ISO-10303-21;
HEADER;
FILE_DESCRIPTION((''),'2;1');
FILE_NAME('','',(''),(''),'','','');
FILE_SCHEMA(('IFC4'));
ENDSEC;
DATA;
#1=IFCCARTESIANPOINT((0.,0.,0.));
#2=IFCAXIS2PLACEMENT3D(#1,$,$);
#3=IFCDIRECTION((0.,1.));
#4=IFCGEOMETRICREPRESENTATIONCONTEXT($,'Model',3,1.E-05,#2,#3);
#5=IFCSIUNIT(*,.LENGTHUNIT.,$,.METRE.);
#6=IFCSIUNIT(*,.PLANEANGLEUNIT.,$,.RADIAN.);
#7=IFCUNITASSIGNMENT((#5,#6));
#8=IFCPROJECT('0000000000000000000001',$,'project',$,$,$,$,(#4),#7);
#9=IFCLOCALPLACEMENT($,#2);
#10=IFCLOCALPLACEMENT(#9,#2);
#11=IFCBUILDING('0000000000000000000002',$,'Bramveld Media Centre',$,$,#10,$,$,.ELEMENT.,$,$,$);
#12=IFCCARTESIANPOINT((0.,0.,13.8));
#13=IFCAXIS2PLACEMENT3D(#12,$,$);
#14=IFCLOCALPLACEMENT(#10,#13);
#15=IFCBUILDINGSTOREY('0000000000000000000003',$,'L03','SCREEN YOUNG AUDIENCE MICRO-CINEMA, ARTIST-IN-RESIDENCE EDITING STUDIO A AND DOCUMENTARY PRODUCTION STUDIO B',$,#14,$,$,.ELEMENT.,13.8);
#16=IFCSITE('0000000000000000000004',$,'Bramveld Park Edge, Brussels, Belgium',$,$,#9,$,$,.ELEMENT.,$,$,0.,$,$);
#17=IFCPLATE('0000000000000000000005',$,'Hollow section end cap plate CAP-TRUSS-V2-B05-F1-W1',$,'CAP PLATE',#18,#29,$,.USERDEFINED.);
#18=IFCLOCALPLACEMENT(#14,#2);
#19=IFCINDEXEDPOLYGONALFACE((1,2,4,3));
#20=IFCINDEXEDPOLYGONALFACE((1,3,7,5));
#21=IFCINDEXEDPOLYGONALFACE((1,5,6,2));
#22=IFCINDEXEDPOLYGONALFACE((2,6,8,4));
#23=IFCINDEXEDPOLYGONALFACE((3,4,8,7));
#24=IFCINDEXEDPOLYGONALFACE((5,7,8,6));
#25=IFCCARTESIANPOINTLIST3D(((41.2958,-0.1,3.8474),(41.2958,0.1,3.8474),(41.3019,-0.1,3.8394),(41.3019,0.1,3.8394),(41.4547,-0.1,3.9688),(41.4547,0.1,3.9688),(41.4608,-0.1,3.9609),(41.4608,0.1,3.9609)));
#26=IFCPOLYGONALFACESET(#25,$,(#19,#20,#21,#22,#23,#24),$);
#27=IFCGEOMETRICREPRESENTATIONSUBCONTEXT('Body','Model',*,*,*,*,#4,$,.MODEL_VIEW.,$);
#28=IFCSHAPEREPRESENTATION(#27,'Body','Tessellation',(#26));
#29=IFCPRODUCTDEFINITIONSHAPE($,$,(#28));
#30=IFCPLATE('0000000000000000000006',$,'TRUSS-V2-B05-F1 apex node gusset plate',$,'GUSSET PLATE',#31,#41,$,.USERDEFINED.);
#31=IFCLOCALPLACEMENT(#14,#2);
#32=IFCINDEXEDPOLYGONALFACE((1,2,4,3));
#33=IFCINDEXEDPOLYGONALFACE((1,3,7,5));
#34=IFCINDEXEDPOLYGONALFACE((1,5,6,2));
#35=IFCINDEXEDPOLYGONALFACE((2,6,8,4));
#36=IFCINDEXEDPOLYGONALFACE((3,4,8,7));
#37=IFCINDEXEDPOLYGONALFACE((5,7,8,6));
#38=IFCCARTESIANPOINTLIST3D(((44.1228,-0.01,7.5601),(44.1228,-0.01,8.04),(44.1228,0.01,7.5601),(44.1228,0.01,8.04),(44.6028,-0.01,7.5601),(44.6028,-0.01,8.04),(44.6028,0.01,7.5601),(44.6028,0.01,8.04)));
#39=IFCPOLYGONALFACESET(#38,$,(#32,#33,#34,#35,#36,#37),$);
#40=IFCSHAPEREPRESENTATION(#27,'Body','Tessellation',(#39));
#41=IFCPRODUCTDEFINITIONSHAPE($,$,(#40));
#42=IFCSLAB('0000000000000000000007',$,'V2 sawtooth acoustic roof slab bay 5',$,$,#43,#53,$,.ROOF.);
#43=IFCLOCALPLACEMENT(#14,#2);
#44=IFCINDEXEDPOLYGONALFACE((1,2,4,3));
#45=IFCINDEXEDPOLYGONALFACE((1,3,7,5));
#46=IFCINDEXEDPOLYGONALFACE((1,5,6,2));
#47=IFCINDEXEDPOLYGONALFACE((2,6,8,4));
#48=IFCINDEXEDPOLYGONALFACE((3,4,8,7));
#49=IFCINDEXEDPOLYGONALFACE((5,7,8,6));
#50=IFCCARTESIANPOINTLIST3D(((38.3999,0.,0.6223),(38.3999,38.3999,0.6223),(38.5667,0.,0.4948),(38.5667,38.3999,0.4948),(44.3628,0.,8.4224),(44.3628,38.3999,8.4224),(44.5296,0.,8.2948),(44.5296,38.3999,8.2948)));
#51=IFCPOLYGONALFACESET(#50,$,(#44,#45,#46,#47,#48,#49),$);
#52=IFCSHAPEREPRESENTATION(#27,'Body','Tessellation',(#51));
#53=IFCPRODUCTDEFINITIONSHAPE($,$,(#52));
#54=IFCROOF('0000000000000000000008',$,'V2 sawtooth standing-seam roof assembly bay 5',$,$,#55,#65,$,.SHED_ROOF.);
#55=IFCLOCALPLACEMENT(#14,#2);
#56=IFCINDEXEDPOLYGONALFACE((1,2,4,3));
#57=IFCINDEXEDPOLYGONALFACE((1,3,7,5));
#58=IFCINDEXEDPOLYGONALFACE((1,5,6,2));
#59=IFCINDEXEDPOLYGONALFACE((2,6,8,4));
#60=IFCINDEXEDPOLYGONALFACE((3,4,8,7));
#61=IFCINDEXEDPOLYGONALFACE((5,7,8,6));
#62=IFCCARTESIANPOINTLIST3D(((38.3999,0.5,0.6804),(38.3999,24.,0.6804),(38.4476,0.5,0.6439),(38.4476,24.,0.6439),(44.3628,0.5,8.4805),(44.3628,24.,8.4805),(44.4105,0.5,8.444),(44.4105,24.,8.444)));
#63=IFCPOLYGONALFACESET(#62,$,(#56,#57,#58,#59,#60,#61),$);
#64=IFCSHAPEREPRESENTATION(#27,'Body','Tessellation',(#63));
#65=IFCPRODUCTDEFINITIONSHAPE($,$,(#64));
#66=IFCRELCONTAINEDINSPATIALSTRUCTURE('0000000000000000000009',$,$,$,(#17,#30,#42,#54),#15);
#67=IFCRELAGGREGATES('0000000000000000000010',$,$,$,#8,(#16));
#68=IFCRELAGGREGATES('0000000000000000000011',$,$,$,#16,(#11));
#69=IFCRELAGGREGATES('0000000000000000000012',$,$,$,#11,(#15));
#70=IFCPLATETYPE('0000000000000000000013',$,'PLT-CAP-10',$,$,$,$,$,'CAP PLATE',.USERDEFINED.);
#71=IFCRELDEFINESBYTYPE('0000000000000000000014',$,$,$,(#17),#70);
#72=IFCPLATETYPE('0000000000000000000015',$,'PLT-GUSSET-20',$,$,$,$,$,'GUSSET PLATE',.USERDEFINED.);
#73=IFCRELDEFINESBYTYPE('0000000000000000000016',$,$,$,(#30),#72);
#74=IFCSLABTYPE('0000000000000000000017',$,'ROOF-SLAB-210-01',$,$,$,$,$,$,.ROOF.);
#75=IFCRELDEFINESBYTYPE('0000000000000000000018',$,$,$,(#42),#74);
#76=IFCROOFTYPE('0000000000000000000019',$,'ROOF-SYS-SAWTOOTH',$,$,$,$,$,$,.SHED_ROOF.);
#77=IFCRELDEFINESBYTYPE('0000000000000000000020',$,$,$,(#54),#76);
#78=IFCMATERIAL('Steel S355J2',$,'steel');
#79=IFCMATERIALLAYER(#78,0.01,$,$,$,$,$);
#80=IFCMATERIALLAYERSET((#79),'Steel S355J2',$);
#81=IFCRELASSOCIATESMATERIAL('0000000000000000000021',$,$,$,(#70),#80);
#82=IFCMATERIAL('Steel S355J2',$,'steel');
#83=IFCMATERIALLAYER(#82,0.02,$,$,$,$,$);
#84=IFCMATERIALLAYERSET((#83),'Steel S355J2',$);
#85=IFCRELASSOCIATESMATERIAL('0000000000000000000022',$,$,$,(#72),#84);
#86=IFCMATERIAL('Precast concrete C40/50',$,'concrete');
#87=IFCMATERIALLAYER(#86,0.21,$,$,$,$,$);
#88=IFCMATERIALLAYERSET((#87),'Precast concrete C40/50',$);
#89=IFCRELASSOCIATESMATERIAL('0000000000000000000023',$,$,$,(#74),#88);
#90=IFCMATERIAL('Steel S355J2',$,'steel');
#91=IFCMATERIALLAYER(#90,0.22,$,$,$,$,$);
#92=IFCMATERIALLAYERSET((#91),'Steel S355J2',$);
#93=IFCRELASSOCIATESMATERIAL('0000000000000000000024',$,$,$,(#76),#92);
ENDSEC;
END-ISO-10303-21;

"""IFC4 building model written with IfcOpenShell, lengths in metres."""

from ifc_helpers import new_model, si_unit, direction, frame, origin, origin_2d, place, context, subcontext, project, spatial, polyline, rectangle, outline, extrude, material, layer, layer_set, type_object, element, save


model = new_model("IFC4")

# Units and contexts
model_context = context("Model", 3, precision=1e-05, world=origin(), true_north=direction((0.0, 1.0)))
body_context = subcontext(model_context, "Body", "Model", "MODEL_VIEW")
ifc_project = project(units=[si_unit("LENGTHUNIT", "METRE"), si_unit("PLANEANGLEUNIT", "RADIAN")], contexts=[model_context])

# Site, building, storey
site_placement = place(None, origin())
site = spatial("IfcSite", under=ifc_project, at=site_placement, Name="Bramveld Park Edge, Brussels, Belgium", CompositionType="ELEMENT", RefElevation=0.0)
building_placement = place(site_placement, origin())
building = spatial("IfcBuilding", under=site, at=building_placement, Name="Bramveld Media Centre", CompositionType="ELEMENT")
storey_placement = place(building_placement, frame((0.0, 0.0, 13.8)))
storey = spatial("IfcBuildingStorey", under=building, at=storey_placement, Name="L03", Description="SCREEN YOUNG AUDIENCE MICRO-CINEMA, ARTIST-IN-RESIDENCE EDITING STUDIO A AND DOCUMENTARY PRODUCTION STUDIO B", CompositionType="ELEMENT", Elevation=13.8)

# Plates
ifc_material_1 = material(Name="Steel S355J2", Category="steel")
ifc_layer_1 = layer(ifc_material_1, 0.01)
ifc_layer_set_1 = layer_set([ifc_layer_1], Name="Steel S355J2")
plate_type_1 = type_object("IfcPlateType", Name="PLT-CAP-10", ElementType="CAP PLATE", PredefinedType="USERDEFINED", material=ifc_layer_set_1)
plate_1_placement = place(storey_placement, frame((41.3813, 0.0, 3.9001), z_axis=(-0.607328, 0.0, 0.794451), x_axis=(0.0, -1.0, 0.0)))
element("IfcPlate", 1, at=plate_1_placement, inside=storey, type_object=plate_type_1, Name="Hollow section end cap plate CAP-TRUSS-V2-B05-F1-W1", ObjectType="CAP PLATE", PredefinedType="USERDEFINED", context=body_context, shape_type="SweptSolid", body=[
    extrude(rectangle(XDim=0.2, YDim=0.2, at=origin_2d()), origin(), (0.0, 0.0, 1.0), 0.01),
])
ifc_material_2 = material(Name="Steel S355J2", Category="steel")
ifc_layer_2 = layer(ifc_material_2, 0.02)
ifc_layer_set_2 = layer_set([ifc_layer_2], Name="Steel S355J2")
plate_type_2 = type_object("IfcPlateType", Name="PLT-GUSSET-20", ElementType="GUSSET PLATE", PredefinedType="USERDEFINED", material=ifc_layer_set_2)
plate_2_placement = place(storey_placement, frame((44.3628, 0.0, 7.5601), z_axis=(0.0, 0.0, 1.0), x_axis=(1.0, 0.0, 0.0)))
element("IfcPlate", 2, at=plate_2_placement, inside=storey, type_object=plate_type_2, Name="TRUSS-V2-B05-F1 apex node gusset plate", ObjectType="GUSSET PLATE", PredefinedType="USERDEFINED", context=body_context, shape_type="SweptSolid", body=[
    extrude(rectangle(XDim=0.48, YDim=0.02, at=origin_2d()), origin(), (0.0, 0.0, 1.0), 0.48),
])

# Slab
ifc_material_3 = material(Name="Precast concrete C40/50", Category="concrete")
ifc_layer_3 = layer(ifc_material_3, 0.21)
ifc_layer_set_3 = layer_set([ifc_layer_3], Name="Precast concrete C40/50")
slab_type = type_object("IfcSlabType", Name="ROOF-SLAB-210-01", PredefinedType="ROOF", material=ifc_layer_set_3)
slab_placement = place(storey_placement, frame((38.3999, 0.0, 0.6223), z_axis=(-0.794449, 0.0, 0.607331), x_axis=(0.607331, 0.0, 0.794449)))
element("IfcSlab", 3, at=slab_placement, inside=storey, type_object=slab_type, Name="V2 sawtooth acoustic roof slab bay 5", PredefinedType="ROOF", context=body_context, shape_type="SweptSolid", body=[
    extrude(outline(polyline([(0.0, 0.0), (9.8182, 0.0), (9.8182, 38.3999), (0.0, 38.3999), (0.0, 0.0)])), origin(), (0.0, 0.0, -1.0), 0.21),
])

# Roof
ifc_material_4 = material(Name="Steel S355J2", Category="steel")
ifc_layer_4 = layer(ifc_material_4, 0.22)
ifc_layer_set_4 = layer_set([ifc_layer_4], Name="Steel S355J2")
roof_type = type_object("IfcRoofType", Name="ROOF-SYS-SAWTOOTH", PredefinedType="SHED_ROOF", material=ifc_layer_set_4)
roof_placement = place(storey_placement, frame((38.3999, 0.5, 0.6804), z_axis=(-0.794449, 0.0, 0.607331), x_axis=(0.607331, 0.0, 0.794449)))
element("IfcRoof", 4, at=roof_placement, inside=storey, type_object=roof_type, Name="V2 sawtooth standing-seam roof assembly bay 5", PredefinedType="SHED_ROOF", context=body_context, shape_type="SweptSolid", body=[
    extrude(outline(polyline([(0.0, 0.0), (9.8182, 0.0), (9.8182, 23.5), (0.0, 23.5), (0.0, 0.0)])), origin(), (0.0, 0.0, -1.0), 0.0601),
])

save(model, "model.ifc")
